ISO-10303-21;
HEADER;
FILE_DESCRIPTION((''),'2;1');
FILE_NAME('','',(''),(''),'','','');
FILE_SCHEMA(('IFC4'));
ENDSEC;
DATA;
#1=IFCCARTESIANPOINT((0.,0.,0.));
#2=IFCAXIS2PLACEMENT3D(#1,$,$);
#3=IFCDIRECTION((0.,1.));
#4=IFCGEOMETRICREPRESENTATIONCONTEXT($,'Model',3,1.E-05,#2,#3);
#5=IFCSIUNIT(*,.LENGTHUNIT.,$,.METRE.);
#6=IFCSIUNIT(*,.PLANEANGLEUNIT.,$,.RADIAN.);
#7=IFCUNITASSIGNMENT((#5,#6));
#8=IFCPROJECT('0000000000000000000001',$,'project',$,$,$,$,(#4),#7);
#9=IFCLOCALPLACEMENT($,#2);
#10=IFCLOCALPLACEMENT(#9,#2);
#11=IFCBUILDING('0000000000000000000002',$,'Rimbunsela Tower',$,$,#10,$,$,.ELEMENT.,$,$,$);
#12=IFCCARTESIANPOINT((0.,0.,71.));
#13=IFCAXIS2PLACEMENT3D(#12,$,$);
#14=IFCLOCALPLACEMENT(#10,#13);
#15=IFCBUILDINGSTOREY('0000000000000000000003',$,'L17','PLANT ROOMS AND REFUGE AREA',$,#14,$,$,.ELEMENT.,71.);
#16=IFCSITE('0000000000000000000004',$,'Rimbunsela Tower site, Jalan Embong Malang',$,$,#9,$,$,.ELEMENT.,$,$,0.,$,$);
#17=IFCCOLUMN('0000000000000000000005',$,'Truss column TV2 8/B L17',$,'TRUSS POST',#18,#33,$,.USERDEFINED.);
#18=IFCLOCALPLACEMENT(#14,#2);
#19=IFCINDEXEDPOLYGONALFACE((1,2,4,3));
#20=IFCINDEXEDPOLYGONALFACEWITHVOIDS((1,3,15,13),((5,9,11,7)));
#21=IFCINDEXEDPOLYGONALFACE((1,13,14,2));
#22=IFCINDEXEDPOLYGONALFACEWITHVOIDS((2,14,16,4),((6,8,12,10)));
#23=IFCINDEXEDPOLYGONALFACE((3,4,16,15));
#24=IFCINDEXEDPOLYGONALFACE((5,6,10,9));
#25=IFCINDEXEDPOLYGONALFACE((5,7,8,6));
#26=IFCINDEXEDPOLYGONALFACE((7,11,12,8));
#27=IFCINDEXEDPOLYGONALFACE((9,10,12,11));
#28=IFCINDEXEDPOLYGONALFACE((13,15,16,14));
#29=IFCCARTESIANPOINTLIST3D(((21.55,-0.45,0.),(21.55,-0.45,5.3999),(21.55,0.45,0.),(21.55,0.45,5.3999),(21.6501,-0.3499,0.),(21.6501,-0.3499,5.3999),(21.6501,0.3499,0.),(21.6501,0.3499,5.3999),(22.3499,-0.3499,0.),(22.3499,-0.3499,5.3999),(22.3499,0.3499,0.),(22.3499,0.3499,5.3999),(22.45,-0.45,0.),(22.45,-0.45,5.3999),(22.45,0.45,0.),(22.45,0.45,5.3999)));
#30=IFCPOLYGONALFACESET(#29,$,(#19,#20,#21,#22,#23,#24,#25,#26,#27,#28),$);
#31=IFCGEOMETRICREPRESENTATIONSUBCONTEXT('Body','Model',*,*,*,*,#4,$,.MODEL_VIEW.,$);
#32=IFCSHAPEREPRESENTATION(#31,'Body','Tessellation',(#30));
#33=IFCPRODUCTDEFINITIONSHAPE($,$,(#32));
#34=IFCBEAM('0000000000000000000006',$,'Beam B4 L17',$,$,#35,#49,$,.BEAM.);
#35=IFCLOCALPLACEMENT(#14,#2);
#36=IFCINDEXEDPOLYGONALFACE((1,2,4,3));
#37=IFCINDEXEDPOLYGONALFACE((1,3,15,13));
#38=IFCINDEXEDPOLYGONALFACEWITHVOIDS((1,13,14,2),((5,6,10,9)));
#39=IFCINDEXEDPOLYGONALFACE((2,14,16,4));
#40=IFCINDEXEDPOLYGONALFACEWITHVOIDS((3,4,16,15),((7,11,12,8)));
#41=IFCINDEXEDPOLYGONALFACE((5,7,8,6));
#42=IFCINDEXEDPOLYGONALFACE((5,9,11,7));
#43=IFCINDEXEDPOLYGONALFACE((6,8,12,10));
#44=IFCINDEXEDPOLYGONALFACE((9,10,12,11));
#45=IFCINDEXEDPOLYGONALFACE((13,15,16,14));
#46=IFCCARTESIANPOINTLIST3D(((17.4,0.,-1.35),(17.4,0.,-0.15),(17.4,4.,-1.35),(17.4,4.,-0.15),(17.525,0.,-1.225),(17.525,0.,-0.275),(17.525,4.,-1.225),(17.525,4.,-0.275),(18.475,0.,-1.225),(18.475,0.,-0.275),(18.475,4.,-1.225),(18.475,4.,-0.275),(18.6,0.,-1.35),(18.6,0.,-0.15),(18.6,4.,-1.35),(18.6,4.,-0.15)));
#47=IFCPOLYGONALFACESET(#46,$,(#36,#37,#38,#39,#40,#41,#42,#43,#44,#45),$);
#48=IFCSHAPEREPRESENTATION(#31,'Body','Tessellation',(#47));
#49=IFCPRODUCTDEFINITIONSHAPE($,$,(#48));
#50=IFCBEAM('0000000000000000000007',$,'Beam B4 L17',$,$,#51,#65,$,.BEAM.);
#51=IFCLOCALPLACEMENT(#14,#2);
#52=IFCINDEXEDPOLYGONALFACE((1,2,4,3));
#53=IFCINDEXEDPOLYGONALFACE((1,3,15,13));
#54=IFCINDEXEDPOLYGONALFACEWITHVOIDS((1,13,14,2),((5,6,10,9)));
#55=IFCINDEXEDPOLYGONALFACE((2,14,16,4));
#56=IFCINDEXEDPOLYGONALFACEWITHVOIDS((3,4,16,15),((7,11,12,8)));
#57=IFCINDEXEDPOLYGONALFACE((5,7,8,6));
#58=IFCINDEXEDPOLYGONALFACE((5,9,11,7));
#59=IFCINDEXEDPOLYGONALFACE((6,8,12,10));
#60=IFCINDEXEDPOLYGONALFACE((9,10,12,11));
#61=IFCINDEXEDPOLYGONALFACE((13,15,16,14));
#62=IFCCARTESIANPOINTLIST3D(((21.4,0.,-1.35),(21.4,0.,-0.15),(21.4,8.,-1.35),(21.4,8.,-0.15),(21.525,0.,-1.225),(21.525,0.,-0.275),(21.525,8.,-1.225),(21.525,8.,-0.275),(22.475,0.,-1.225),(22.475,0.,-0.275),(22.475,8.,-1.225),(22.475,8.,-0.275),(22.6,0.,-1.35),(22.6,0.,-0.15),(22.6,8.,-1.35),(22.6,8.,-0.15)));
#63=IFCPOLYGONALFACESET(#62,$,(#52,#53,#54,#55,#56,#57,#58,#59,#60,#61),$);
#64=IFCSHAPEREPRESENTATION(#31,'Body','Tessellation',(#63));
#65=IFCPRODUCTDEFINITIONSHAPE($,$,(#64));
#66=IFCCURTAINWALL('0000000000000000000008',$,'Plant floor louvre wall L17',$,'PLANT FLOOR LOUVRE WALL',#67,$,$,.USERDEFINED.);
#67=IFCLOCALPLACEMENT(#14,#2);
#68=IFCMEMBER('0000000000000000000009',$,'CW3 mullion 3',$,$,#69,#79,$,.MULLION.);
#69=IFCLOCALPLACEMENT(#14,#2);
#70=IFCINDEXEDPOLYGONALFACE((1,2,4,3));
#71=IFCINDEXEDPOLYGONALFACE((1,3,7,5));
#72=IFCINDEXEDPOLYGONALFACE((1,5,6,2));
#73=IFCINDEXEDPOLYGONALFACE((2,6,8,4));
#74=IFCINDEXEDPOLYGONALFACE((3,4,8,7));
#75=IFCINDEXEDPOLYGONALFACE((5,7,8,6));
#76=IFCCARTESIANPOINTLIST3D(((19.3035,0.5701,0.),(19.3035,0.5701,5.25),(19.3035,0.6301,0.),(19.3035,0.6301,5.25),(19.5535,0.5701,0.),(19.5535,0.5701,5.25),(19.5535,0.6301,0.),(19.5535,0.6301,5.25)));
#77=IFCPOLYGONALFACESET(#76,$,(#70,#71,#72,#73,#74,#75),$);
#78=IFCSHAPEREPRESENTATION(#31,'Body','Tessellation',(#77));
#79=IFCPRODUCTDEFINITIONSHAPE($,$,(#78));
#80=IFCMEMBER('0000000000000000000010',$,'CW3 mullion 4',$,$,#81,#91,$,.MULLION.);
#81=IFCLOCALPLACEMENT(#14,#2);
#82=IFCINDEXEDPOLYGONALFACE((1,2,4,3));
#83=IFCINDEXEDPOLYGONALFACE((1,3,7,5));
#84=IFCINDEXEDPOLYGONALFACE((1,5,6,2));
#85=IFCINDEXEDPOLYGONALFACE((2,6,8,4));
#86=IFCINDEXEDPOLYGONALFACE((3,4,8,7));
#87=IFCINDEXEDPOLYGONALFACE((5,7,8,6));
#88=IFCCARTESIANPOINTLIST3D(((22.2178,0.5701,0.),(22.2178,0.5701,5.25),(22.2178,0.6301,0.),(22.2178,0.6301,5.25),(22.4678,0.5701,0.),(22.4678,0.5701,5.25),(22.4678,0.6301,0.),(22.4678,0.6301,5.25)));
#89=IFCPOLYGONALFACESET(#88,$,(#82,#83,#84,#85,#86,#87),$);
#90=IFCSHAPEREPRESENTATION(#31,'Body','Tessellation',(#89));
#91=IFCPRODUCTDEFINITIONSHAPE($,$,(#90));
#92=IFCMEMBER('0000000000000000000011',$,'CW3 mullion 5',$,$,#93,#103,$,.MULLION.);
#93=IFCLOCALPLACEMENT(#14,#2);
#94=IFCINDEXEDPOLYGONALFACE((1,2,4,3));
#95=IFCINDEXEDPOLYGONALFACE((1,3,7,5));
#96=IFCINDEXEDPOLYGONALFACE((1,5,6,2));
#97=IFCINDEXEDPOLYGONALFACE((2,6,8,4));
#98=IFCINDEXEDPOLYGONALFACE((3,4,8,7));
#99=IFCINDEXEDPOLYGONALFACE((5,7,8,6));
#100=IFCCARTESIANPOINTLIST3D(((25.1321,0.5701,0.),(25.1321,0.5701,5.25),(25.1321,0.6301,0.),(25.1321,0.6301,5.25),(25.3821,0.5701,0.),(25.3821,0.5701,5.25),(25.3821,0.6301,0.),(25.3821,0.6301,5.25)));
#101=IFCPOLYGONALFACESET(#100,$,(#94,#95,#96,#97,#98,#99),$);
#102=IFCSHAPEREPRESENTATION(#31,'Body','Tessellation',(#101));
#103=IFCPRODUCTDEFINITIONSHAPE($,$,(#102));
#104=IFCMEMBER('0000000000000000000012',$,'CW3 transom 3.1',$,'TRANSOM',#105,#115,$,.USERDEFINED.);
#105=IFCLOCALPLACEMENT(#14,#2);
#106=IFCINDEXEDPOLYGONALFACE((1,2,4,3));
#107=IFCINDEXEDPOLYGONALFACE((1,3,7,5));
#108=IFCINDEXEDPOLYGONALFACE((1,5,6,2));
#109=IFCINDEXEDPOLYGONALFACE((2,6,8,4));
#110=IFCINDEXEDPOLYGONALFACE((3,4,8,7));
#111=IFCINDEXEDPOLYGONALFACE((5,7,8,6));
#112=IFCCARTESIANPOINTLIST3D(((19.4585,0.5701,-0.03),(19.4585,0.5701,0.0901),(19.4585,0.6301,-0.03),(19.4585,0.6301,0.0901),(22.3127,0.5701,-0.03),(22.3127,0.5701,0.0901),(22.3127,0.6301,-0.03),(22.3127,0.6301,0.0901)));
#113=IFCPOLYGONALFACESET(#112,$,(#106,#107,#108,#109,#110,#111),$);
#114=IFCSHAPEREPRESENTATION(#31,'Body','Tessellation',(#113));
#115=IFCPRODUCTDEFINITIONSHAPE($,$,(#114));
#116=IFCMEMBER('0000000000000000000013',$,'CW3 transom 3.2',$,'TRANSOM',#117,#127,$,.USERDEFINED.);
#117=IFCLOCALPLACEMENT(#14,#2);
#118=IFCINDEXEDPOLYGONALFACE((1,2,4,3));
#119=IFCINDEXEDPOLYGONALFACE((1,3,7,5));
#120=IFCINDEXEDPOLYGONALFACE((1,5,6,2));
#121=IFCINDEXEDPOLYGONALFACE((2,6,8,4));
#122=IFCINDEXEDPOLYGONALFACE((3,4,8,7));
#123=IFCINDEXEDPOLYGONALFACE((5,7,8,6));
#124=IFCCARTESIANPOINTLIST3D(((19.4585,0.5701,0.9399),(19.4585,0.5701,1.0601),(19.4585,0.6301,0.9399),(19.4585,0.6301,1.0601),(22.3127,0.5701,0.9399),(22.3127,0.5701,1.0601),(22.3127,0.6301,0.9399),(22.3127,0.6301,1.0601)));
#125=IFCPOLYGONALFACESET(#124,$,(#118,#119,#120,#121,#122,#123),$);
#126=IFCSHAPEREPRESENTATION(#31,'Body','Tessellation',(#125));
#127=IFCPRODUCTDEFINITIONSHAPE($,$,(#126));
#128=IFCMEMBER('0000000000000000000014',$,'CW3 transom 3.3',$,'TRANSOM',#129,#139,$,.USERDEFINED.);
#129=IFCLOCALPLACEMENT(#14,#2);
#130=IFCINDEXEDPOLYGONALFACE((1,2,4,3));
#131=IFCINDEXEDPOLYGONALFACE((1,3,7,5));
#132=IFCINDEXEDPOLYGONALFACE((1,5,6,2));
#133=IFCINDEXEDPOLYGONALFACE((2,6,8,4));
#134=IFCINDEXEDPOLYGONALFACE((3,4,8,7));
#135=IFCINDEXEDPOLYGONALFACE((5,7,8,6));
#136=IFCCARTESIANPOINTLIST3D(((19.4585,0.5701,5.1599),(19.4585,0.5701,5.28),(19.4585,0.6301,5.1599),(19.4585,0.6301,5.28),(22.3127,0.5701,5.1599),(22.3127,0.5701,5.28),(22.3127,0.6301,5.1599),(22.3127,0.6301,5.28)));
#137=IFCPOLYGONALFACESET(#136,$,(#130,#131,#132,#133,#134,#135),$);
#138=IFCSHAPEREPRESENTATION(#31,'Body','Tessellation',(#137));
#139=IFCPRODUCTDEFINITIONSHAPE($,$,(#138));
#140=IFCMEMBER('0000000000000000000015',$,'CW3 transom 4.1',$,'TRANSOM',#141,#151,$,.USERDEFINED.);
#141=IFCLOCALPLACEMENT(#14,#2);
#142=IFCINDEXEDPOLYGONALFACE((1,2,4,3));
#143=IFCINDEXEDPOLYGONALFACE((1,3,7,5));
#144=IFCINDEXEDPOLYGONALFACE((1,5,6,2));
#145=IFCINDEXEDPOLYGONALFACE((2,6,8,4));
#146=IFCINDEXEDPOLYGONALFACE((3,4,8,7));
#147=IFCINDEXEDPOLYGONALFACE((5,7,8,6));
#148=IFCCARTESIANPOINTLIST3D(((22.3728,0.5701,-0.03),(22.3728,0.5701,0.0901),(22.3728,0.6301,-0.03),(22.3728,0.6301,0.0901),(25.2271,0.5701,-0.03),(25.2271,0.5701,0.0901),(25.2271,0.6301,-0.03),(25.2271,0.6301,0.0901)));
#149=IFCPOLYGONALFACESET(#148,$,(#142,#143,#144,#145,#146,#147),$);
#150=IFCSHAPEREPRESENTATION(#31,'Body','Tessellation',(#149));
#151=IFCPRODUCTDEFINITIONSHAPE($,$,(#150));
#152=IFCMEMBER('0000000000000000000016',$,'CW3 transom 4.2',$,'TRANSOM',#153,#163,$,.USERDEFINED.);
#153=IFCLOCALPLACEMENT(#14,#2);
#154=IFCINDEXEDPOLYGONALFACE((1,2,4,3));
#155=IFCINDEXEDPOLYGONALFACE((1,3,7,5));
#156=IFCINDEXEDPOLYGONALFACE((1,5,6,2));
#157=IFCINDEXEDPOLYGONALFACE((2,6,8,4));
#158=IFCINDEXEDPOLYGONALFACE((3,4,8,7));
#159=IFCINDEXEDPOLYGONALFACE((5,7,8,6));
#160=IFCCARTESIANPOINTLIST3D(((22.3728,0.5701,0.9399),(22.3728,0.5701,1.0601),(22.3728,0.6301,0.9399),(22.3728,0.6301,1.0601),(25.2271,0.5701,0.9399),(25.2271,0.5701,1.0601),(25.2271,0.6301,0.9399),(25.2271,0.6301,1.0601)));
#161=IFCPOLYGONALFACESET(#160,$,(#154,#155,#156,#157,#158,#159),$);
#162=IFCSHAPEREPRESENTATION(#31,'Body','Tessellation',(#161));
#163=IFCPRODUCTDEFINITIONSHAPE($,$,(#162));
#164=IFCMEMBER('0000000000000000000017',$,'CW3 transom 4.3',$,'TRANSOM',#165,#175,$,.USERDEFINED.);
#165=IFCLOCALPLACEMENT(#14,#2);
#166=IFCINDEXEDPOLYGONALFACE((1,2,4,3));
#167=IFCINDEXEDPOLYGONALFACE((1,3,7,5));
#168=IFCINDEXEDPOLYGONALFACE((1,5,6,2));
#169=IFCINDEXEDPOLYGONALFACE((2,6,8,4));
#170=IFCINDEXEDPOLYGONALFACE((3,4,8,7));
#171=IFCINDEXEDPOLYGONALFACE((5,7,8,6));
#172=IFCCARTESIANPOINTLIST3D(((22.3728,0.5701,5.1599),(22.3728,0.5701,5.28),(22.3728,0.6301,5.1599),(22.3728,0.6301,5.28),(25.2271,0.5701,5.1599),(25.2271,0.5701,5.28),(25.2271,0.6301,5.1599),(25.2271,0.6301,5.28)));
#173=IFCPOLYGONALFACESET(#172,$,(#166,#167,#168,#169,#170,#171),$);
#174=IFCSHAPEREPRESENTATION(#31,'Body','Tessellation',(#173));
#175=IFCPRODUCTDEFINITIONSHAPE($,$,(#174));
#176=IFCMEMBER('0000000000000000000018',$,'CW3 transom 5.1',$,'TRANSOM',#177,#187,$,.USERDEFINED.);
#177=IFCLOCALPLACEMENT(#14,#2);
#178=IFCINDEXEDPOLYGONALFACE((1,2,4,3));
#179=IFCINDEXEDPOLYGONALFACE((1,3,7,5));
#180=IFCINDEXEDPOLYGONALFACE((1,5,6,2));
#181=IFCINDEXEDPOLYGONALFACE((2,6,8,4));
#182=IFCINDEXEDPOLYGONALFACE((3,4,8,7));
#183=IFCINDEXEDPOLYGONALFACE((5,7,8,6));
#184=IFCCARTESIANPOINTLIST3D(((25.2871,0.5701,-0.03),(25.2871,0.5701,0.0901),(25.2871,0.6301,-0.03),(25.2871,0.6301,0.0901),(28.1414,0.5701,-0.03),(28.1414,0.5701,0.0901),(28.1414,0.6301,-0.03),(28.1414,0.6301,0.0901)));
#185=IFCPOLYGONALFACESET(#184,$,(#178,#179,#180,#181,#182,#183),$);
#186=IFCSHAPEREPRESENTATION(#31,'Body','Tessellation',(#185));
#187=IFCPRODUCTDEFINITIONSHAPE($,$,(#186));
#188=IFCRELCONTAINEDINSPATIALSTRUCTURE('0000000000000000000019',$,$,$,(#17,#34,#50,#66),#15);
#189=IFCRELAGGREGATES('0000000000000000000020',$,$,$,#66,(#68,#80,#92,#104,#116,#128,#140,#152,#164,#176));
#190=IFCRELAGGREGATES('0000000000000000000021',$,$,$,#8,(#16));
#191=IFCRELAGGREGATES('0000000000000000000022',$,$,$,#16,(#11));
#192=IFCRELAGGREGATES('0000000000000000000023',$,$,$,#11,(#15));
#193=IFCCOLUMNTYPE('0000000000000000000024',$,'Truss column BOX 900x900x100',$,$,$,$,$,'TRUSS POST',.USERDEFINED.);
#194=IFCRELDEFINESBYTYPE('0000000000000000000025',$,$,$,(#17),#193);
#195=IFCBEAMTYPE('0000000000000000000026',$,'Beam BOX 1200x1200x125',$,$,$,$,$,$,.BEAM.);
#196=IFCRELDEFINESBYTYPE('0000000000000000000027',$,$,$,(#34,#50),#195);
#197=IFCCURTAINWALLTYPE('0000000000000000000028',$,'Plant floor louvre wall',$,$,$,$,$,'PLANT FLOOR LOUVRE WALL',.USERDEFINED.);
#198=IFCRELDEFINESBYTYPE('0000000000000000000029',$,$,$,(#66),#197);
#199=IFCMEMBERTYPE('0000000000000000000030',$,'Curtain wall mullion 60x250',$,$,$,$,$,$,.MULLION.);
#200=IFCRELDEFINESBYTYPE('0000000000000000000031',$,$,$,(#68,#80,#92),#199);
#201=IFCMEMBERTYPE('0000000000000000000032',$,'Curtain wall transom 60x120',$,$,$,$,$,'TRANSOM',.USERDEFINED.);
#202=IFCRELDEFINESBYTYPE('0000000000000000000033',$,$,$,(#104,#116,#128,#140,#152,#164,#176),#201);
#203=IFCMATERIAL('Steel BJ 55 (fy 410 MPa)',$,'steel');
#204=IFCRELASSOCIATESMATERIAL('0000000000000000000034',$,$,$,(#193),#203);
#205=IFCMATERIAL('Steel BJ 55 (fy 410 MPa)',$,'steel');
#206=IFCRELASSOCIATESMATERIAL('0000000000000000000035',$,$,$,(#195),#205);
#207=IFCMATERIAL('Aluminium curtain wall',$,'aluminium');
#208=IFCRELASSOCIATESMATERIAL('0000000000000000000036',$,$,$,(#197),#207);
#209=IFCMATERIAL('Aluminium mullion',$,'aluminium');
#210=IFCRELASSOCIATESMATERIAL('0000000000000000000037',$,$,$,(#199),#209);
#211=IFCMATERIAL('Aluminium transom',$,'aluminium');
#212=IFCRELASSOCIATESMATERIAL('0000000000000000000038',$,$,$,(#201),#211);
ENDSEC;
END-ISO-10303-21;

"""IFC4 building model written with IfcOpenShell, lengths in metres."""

from ifc_helpers import new_model, si_unit, direction, frame, origin, origin_2d, place, context, subcontext, project, spatial, rectangle, hollow_rectangle, extrude, material, material_profile, profile_set, type_object, element, aggregate, save


model = new_model("IFC4")

# Units and contexts
model_context = context("Model", 3, precision=1e-05, world=origin(), true_north=direction((0.0, 1.0)))
body_context = subcontext(model_context, "Body", "Model", "MODEL_VIEW")
ifc_project = project(units=[si_unit("LENGTHUNIT", "METRE"), si_unit("PLANEANGLEUNIT", "RADIAN")], contexts=[model_context])

# Site, building, storey
site_placement = place(None, origin())
site = spatial("IfcSite", under=ifc_project, at=site_placement, Name="Rimbunsela Tower site, Jalan Embong Malang", CompositionType="ELEMENT", RefElevation=0.0)
building_placement = place(site_placement, origin())
building = spatial("IfcBuilding", under=site, at=building_placement, Name="Rimbunsela Tower", CompositionType="ELEMENT")
storey_placement = place(building_placement, frame((0.0, 0.0, 71.0)))
storey = spatial("IfcBuildingStorey", under=building, at=storey_placement, Name="L17", Description="PLANT ROOMS AND REFUGE AREA", CompositionType="ELEMENT", Elevation=71.0)

# Column
ifc_material_1 = material(Name="Steel BJ 55 (fy 410 MPa)", Category="steel")
ifc_material_profile_1 = material_profile(ifc_material_1, hollow_rectangle(XDim=0.8999, YDim=0.8999, WallThickness=0.1001, at=origin_2d()), Name="BOX 900x900x100")
ifc_profile_set_1 = profile_set([ifc_material_profile_1], Name="Steel BJ 55 (fy 410 MPa)")
column_type = type_object("IfcColumnType", Name="Truss column BOX 900x900x100", ElementType="TRUSS POST", PredefinedType="USERDEFINED", material=ifc_profile_set_1)
column_placement = place(storey_placement, frame((22.0, 0.0, 0.0), z_axis=(0.0, 0.0, 1.0), x_axis=(1.0, 0.0, 0.0)))
element("IfcColumn", 1, at=column_placement, inside=storey, type_object=column_type, Name="Truss column TV2 8/B L17", ObjectType="TRUSS POST", PredefinedType="USERDEFINED", context=body_context, shape_type="SweptSolid", body=[
    extrude(hollow_rectangle(XDim=0.8999, YDim=0.8999, WallThickness=0.1001, at=origin_2d()), origin(), (0.0, 0.0, 1.0), 5.3999),
])

# Beams
ifc_material_2 = material(Name="Steel BJ 55 (fy 410 MPa)", Category="steel")
ifc_material_profile_2 = material_profile(ifc_material_2, hollow_rectangle(XDim=1.2, YDim=1.2, WallThickness=0.125, at=origin_2d()), Name="BOX 1200x1200x125")
ifc_profile_set_2 = profile_set([ifc_material_profile_2], Name="Steel BJ 55 (fy 410 MPa)")
beam_type_1 = type_object("IfcBeamType", Name="Beam BOX 1200x1200x125", PredefinedType="BEAM", material=ifc_profile_set_2)
beam_1_placement = place(storey_placement, frame((18.0, 0.0, -0.75), z_axis=(0.0, 1.0, 0.0), x_axis=(-1.0, 0.0, 0.0)))
element("IfcBeam", 2, at=beam_1_placement, inside=storey, type_object=beam_type_1, Name="Beam B4 L17", PredefinedType="BEAM", context=body_context, shape_type="SweptSolid", body=[
    extrude(hollow_rectangle(XDim=1.2, YDim=1.2, WallThickness=0.125, at=origin_2d()), origin(), (0.0, 0.0, 1.0), 4.0),
])
beam_2_placement = place(storey_placement, frame((22.0, 0.0, -0.75), z_axis=(0.0, 1.0, 0.0), x_axis=(-1.0, 0.0, 0.0)))
element("IfcBeam", 3, at=beam_2_placement, inside=storey, type_object=beam_type_1, Name="Beam B4 L17", PredefinedType="BEAM", context=body_context, shape_type="SweptSolid", body=[
    extrude(hollow_rectangle(XDim=1.2, YDim=1.2, WallThickness=0.125, at=origin_2d()), origin(), (0.0, 0.0, 1.0), 8.0),
])

# Curtain wall, members
ifc_material_3 = material(Name="Aluminium curtain wall", Category="aluminium")
curtain_wall_type = type_object("IfcCurtainWallType", Name="Plant floor louvre wall", ElementType="PLANT FLOOR LOUVRE WALL", PredefinedType="USERDEFINED", material=ifc_material_3)
curtain_wall_placement = place(storey_placement, origin())
curtain_wall = element("IfcCurtainWall", 4, at=curtain_wall_placement, inside=storey, type_object=curtain_wall_type, Name="Plant floor louvre wall L17", ObjectType="PLANT FLOOR LOUVRE WALL", PredefinedType="USERDEFINED")
ifc_material_4 = material(Name="Aluminium mullion", Category="aluminium")
ifc_material_profile_3 = material_profile(ifc_material_4, rectangle(XDim=0.0601, YDim=0.25, at=origin_2d()), Name="Mullion 60x250")
ifc_profile_set_3 = profile_set([ifc_material_profile_3], Name="Aluminium mullion")
member_type_1 = type_object("IfcMemberType", Name="Curtain wall mullion 60x250", PredefinedType="MULLION", material=ifc_profile_set_3)
member_1_placement = place(storey_placement, frame((19.4285, 0.6001, 0.0), z_axis=(0.0, 0.0, 1.0), x_axis=(0.0, 1.0, 0.0)))
member_1 = element("IfcMember", 5, at=member_1_placement, type_object=member_type_1, Name="CW3 mullion 3", PredefinedType="MULLION", context=body_context, shape_type="SweptSolid", body=[
    extrude(rectangle(XDim=0.0601, YDim=0.25, at=origin_2d()), origin(), (0.0, 0.0, 1.0), 5.25),
])
member_2_placement = place(storey_placement, frame((22.3428, 0.6001, 0.0), z_axis=(0.0, 0.0, 1.0), x_axis=(0.0, 1.0, 0.0)))
member_2 = element("IfcMember", 6, at=member_2_placement, type_object=member_type_1, Name="CW3 mullion 4", PredefinedType="MULLION", context=body_context, shape_type="SweptSolid", body=[
    extrude(rectangle(XDim=0.0601, YDim=0.25, at=origin_2d()), origin(), (0.0, 0.0, 1.0), 5.25),
])
member_3_placement = place(storey_placement, frame((25.2571, 0.6001, 0.0), z_axis=(0.0, 0.0, 1.0), x_axis=(0.0, 1.0, 0.0)))
member_3 = element("IfcMember", 7, at=member_3_placement, type_object=member_type_1, Name="CW3 mullion 5", PredefinedType="MULLION", context=body_context, shape_type="SweptSolid", body=[
    extrude(rectangle(XDim=0.0601, YDim=0.25, at=origin_2d()), origin(), (0.0, 0.0, 1.0), 5.25),
])
ifc_material_5 = material(Name="Aluminium transom", Category="aluminium")
ifc_material_profile_4 = material_profile(ifc_material_5, rectangle(XDim=0.0601, YDim=0.1201, at=origin_2d()), Name="Transom 60x120")
ifc_profile_set_4 = profile_set([ifc_material_profile_4], Name="Aluminium transom")
member_type_2 = type_object("IfcMemberType", Name="Curtain wall transom 60x120", ElementType="TRANSOM", PredefinedType="USERDEFINED", material=ifc_profile_set_4)
member_4_placement = place(storey_placement, frame((19.4585, 0.6001, 0.03), z_axis=(1.0, 0.0, 0.0), x_axis=(0.0, 1.0, 0.0)))
member_4 = element("IfcMember", 8, at=member_4_placement, type_object=member_type_2, Name="CW3 transom 3.1", ObjectType="TRANSOM", PredefinedType="USERDEFINED", context=body_context, shape_type="SweptSolid", body=[
    extrude(rectangle(XDim=0.0601, YDim=0.1201, at=origin_2d()), origin(), (0.0, 0.0, 1.0), 2.8542),
])
member_5_placement = place(storey_placement, frame((19.4585, 0.6001, 1.0), z_axis=(1.0, 0.0, 0.0), x_axis=(0.0, 1.0, 0.0)))
member_5 = element("IfcMember", 9, at=member_5_placement, type_object=member_type_2, Name="CW3 transom 3.2", ObjectType="TRANSOM", PredefinedType="USERDEFINED", context=body_context, shape_type="SweptSolid", body=[
    extrude(rectangle(XDim=0.0601, YDim=0.1201, at=origin_2d()), origin(), (0.0, 0.0, 1.0), 2.8542),
])
member_6_placement = place(storey_placement, frame((19.4585, 0.6001, 5.22), z_axis=(1.0, 0.0, 0.0), x_axis=(0.0, 1.0, 0.0)))
member_6 = element("IfcMember", 10, at=member_6_placement, type_object=member_type_2, Name="CW3 transom 3.3", ObjectType="TRANSOM", PredefinedType="USERDEFINED", context=body_context, shape_type="SweptSolid", body=[
    extrude(rectangle(XDim=0.0601, YDim=0.1201, at=origin_2d()), origin(), (0.0, 0.0, 1.0), 2.8542),
])
member_7_placement = place(storey_placement, frame((22.3728, 0.6001, 0.03), z_axis=(1.0, 0.0, 0.0), x_axis=(0.0, 1.0, 0.0)))
member_7 = element("IfcMember", 11, at=member_7_placement, type_object=member_type_2, Name="CW3 transom 4.1", ObjectType="TRANSOM", PredefinedType="USERDEFINED", context=body_context, shape_type="SweptSolid", body=[
    extrude(rectangle(XDim=0.0601, YDim=0.1201, at=origin_2d()), origin(), (0.0, 0.0, 1.0), 2.8542),
])
member_8_placement = place(storey_placement, frame((22.3728, 0.6001, 1.0), z_axis=(1.0, 0.0, 0.0), x_axis=(0.0, 1.0, 0.0)))
member_8 = element("IfcMember", 12, at=member_8_placement, type_object=member_type_2, Name="CW3 transom 4.2", ObjectType="TRANSOM", PredefinedType="USERDEFINED", context=body_context, shape_type="SweptSolid", body=[
    extrude(rectangle(XDim=0.0601, YDim=0.1201, at=origin_2d()), origin(), (0.0, 0.0, 1.0), 2.8542),
])
member_9_placement = place(storey_placement, frame((22.3728, 0.6001, 5.22), z_axis=(1.0, 0.0, 0.0), x_axis=(0.0, 1.0, 0.0)))
member_9 = element("IfcMember", 13, at=member_9_placement, type_object=member_type_2, Name="CW3 transom 4.3", ObjectType="TRANSOM", PredefinedType="USERDEFINED", context=body_context, shape_type="SweptSolid", body=[
    extrude(rectangle(XDim=0.0601, YDim=0.1201, at=origin_2d()), origin(), (0.0, 0.0, 1.0), 2.8542),
])
member_10_placement = place(storey_placement, frame((25.2871, 0.6001, 0.03), z_axis=(1.0, 0.0, 0.0), x_axis=(0.0, 1.0, 0.0)))
member_10 = element("IfcMember", 14, at=member_10_placement, type_object=member_type_2, Name="CW3 transom 5.1", ObjectType="TRANSOM", PredefinedType="USERDEFINED", context=body_context, shape_type="SweptSolid", body=[
    extrude(rectangle(XDim=0.0601, YDim=0.1201, at=origin_2d()), origin(), (0.0, 0.0, 1.0), 2.8542),
])

aggregate(curtain_wall, [member_1, member_2, member_3, member_4, member_5, member_6, member_7, member_8, member_9, member_10])

save(model, "model.ifc")
